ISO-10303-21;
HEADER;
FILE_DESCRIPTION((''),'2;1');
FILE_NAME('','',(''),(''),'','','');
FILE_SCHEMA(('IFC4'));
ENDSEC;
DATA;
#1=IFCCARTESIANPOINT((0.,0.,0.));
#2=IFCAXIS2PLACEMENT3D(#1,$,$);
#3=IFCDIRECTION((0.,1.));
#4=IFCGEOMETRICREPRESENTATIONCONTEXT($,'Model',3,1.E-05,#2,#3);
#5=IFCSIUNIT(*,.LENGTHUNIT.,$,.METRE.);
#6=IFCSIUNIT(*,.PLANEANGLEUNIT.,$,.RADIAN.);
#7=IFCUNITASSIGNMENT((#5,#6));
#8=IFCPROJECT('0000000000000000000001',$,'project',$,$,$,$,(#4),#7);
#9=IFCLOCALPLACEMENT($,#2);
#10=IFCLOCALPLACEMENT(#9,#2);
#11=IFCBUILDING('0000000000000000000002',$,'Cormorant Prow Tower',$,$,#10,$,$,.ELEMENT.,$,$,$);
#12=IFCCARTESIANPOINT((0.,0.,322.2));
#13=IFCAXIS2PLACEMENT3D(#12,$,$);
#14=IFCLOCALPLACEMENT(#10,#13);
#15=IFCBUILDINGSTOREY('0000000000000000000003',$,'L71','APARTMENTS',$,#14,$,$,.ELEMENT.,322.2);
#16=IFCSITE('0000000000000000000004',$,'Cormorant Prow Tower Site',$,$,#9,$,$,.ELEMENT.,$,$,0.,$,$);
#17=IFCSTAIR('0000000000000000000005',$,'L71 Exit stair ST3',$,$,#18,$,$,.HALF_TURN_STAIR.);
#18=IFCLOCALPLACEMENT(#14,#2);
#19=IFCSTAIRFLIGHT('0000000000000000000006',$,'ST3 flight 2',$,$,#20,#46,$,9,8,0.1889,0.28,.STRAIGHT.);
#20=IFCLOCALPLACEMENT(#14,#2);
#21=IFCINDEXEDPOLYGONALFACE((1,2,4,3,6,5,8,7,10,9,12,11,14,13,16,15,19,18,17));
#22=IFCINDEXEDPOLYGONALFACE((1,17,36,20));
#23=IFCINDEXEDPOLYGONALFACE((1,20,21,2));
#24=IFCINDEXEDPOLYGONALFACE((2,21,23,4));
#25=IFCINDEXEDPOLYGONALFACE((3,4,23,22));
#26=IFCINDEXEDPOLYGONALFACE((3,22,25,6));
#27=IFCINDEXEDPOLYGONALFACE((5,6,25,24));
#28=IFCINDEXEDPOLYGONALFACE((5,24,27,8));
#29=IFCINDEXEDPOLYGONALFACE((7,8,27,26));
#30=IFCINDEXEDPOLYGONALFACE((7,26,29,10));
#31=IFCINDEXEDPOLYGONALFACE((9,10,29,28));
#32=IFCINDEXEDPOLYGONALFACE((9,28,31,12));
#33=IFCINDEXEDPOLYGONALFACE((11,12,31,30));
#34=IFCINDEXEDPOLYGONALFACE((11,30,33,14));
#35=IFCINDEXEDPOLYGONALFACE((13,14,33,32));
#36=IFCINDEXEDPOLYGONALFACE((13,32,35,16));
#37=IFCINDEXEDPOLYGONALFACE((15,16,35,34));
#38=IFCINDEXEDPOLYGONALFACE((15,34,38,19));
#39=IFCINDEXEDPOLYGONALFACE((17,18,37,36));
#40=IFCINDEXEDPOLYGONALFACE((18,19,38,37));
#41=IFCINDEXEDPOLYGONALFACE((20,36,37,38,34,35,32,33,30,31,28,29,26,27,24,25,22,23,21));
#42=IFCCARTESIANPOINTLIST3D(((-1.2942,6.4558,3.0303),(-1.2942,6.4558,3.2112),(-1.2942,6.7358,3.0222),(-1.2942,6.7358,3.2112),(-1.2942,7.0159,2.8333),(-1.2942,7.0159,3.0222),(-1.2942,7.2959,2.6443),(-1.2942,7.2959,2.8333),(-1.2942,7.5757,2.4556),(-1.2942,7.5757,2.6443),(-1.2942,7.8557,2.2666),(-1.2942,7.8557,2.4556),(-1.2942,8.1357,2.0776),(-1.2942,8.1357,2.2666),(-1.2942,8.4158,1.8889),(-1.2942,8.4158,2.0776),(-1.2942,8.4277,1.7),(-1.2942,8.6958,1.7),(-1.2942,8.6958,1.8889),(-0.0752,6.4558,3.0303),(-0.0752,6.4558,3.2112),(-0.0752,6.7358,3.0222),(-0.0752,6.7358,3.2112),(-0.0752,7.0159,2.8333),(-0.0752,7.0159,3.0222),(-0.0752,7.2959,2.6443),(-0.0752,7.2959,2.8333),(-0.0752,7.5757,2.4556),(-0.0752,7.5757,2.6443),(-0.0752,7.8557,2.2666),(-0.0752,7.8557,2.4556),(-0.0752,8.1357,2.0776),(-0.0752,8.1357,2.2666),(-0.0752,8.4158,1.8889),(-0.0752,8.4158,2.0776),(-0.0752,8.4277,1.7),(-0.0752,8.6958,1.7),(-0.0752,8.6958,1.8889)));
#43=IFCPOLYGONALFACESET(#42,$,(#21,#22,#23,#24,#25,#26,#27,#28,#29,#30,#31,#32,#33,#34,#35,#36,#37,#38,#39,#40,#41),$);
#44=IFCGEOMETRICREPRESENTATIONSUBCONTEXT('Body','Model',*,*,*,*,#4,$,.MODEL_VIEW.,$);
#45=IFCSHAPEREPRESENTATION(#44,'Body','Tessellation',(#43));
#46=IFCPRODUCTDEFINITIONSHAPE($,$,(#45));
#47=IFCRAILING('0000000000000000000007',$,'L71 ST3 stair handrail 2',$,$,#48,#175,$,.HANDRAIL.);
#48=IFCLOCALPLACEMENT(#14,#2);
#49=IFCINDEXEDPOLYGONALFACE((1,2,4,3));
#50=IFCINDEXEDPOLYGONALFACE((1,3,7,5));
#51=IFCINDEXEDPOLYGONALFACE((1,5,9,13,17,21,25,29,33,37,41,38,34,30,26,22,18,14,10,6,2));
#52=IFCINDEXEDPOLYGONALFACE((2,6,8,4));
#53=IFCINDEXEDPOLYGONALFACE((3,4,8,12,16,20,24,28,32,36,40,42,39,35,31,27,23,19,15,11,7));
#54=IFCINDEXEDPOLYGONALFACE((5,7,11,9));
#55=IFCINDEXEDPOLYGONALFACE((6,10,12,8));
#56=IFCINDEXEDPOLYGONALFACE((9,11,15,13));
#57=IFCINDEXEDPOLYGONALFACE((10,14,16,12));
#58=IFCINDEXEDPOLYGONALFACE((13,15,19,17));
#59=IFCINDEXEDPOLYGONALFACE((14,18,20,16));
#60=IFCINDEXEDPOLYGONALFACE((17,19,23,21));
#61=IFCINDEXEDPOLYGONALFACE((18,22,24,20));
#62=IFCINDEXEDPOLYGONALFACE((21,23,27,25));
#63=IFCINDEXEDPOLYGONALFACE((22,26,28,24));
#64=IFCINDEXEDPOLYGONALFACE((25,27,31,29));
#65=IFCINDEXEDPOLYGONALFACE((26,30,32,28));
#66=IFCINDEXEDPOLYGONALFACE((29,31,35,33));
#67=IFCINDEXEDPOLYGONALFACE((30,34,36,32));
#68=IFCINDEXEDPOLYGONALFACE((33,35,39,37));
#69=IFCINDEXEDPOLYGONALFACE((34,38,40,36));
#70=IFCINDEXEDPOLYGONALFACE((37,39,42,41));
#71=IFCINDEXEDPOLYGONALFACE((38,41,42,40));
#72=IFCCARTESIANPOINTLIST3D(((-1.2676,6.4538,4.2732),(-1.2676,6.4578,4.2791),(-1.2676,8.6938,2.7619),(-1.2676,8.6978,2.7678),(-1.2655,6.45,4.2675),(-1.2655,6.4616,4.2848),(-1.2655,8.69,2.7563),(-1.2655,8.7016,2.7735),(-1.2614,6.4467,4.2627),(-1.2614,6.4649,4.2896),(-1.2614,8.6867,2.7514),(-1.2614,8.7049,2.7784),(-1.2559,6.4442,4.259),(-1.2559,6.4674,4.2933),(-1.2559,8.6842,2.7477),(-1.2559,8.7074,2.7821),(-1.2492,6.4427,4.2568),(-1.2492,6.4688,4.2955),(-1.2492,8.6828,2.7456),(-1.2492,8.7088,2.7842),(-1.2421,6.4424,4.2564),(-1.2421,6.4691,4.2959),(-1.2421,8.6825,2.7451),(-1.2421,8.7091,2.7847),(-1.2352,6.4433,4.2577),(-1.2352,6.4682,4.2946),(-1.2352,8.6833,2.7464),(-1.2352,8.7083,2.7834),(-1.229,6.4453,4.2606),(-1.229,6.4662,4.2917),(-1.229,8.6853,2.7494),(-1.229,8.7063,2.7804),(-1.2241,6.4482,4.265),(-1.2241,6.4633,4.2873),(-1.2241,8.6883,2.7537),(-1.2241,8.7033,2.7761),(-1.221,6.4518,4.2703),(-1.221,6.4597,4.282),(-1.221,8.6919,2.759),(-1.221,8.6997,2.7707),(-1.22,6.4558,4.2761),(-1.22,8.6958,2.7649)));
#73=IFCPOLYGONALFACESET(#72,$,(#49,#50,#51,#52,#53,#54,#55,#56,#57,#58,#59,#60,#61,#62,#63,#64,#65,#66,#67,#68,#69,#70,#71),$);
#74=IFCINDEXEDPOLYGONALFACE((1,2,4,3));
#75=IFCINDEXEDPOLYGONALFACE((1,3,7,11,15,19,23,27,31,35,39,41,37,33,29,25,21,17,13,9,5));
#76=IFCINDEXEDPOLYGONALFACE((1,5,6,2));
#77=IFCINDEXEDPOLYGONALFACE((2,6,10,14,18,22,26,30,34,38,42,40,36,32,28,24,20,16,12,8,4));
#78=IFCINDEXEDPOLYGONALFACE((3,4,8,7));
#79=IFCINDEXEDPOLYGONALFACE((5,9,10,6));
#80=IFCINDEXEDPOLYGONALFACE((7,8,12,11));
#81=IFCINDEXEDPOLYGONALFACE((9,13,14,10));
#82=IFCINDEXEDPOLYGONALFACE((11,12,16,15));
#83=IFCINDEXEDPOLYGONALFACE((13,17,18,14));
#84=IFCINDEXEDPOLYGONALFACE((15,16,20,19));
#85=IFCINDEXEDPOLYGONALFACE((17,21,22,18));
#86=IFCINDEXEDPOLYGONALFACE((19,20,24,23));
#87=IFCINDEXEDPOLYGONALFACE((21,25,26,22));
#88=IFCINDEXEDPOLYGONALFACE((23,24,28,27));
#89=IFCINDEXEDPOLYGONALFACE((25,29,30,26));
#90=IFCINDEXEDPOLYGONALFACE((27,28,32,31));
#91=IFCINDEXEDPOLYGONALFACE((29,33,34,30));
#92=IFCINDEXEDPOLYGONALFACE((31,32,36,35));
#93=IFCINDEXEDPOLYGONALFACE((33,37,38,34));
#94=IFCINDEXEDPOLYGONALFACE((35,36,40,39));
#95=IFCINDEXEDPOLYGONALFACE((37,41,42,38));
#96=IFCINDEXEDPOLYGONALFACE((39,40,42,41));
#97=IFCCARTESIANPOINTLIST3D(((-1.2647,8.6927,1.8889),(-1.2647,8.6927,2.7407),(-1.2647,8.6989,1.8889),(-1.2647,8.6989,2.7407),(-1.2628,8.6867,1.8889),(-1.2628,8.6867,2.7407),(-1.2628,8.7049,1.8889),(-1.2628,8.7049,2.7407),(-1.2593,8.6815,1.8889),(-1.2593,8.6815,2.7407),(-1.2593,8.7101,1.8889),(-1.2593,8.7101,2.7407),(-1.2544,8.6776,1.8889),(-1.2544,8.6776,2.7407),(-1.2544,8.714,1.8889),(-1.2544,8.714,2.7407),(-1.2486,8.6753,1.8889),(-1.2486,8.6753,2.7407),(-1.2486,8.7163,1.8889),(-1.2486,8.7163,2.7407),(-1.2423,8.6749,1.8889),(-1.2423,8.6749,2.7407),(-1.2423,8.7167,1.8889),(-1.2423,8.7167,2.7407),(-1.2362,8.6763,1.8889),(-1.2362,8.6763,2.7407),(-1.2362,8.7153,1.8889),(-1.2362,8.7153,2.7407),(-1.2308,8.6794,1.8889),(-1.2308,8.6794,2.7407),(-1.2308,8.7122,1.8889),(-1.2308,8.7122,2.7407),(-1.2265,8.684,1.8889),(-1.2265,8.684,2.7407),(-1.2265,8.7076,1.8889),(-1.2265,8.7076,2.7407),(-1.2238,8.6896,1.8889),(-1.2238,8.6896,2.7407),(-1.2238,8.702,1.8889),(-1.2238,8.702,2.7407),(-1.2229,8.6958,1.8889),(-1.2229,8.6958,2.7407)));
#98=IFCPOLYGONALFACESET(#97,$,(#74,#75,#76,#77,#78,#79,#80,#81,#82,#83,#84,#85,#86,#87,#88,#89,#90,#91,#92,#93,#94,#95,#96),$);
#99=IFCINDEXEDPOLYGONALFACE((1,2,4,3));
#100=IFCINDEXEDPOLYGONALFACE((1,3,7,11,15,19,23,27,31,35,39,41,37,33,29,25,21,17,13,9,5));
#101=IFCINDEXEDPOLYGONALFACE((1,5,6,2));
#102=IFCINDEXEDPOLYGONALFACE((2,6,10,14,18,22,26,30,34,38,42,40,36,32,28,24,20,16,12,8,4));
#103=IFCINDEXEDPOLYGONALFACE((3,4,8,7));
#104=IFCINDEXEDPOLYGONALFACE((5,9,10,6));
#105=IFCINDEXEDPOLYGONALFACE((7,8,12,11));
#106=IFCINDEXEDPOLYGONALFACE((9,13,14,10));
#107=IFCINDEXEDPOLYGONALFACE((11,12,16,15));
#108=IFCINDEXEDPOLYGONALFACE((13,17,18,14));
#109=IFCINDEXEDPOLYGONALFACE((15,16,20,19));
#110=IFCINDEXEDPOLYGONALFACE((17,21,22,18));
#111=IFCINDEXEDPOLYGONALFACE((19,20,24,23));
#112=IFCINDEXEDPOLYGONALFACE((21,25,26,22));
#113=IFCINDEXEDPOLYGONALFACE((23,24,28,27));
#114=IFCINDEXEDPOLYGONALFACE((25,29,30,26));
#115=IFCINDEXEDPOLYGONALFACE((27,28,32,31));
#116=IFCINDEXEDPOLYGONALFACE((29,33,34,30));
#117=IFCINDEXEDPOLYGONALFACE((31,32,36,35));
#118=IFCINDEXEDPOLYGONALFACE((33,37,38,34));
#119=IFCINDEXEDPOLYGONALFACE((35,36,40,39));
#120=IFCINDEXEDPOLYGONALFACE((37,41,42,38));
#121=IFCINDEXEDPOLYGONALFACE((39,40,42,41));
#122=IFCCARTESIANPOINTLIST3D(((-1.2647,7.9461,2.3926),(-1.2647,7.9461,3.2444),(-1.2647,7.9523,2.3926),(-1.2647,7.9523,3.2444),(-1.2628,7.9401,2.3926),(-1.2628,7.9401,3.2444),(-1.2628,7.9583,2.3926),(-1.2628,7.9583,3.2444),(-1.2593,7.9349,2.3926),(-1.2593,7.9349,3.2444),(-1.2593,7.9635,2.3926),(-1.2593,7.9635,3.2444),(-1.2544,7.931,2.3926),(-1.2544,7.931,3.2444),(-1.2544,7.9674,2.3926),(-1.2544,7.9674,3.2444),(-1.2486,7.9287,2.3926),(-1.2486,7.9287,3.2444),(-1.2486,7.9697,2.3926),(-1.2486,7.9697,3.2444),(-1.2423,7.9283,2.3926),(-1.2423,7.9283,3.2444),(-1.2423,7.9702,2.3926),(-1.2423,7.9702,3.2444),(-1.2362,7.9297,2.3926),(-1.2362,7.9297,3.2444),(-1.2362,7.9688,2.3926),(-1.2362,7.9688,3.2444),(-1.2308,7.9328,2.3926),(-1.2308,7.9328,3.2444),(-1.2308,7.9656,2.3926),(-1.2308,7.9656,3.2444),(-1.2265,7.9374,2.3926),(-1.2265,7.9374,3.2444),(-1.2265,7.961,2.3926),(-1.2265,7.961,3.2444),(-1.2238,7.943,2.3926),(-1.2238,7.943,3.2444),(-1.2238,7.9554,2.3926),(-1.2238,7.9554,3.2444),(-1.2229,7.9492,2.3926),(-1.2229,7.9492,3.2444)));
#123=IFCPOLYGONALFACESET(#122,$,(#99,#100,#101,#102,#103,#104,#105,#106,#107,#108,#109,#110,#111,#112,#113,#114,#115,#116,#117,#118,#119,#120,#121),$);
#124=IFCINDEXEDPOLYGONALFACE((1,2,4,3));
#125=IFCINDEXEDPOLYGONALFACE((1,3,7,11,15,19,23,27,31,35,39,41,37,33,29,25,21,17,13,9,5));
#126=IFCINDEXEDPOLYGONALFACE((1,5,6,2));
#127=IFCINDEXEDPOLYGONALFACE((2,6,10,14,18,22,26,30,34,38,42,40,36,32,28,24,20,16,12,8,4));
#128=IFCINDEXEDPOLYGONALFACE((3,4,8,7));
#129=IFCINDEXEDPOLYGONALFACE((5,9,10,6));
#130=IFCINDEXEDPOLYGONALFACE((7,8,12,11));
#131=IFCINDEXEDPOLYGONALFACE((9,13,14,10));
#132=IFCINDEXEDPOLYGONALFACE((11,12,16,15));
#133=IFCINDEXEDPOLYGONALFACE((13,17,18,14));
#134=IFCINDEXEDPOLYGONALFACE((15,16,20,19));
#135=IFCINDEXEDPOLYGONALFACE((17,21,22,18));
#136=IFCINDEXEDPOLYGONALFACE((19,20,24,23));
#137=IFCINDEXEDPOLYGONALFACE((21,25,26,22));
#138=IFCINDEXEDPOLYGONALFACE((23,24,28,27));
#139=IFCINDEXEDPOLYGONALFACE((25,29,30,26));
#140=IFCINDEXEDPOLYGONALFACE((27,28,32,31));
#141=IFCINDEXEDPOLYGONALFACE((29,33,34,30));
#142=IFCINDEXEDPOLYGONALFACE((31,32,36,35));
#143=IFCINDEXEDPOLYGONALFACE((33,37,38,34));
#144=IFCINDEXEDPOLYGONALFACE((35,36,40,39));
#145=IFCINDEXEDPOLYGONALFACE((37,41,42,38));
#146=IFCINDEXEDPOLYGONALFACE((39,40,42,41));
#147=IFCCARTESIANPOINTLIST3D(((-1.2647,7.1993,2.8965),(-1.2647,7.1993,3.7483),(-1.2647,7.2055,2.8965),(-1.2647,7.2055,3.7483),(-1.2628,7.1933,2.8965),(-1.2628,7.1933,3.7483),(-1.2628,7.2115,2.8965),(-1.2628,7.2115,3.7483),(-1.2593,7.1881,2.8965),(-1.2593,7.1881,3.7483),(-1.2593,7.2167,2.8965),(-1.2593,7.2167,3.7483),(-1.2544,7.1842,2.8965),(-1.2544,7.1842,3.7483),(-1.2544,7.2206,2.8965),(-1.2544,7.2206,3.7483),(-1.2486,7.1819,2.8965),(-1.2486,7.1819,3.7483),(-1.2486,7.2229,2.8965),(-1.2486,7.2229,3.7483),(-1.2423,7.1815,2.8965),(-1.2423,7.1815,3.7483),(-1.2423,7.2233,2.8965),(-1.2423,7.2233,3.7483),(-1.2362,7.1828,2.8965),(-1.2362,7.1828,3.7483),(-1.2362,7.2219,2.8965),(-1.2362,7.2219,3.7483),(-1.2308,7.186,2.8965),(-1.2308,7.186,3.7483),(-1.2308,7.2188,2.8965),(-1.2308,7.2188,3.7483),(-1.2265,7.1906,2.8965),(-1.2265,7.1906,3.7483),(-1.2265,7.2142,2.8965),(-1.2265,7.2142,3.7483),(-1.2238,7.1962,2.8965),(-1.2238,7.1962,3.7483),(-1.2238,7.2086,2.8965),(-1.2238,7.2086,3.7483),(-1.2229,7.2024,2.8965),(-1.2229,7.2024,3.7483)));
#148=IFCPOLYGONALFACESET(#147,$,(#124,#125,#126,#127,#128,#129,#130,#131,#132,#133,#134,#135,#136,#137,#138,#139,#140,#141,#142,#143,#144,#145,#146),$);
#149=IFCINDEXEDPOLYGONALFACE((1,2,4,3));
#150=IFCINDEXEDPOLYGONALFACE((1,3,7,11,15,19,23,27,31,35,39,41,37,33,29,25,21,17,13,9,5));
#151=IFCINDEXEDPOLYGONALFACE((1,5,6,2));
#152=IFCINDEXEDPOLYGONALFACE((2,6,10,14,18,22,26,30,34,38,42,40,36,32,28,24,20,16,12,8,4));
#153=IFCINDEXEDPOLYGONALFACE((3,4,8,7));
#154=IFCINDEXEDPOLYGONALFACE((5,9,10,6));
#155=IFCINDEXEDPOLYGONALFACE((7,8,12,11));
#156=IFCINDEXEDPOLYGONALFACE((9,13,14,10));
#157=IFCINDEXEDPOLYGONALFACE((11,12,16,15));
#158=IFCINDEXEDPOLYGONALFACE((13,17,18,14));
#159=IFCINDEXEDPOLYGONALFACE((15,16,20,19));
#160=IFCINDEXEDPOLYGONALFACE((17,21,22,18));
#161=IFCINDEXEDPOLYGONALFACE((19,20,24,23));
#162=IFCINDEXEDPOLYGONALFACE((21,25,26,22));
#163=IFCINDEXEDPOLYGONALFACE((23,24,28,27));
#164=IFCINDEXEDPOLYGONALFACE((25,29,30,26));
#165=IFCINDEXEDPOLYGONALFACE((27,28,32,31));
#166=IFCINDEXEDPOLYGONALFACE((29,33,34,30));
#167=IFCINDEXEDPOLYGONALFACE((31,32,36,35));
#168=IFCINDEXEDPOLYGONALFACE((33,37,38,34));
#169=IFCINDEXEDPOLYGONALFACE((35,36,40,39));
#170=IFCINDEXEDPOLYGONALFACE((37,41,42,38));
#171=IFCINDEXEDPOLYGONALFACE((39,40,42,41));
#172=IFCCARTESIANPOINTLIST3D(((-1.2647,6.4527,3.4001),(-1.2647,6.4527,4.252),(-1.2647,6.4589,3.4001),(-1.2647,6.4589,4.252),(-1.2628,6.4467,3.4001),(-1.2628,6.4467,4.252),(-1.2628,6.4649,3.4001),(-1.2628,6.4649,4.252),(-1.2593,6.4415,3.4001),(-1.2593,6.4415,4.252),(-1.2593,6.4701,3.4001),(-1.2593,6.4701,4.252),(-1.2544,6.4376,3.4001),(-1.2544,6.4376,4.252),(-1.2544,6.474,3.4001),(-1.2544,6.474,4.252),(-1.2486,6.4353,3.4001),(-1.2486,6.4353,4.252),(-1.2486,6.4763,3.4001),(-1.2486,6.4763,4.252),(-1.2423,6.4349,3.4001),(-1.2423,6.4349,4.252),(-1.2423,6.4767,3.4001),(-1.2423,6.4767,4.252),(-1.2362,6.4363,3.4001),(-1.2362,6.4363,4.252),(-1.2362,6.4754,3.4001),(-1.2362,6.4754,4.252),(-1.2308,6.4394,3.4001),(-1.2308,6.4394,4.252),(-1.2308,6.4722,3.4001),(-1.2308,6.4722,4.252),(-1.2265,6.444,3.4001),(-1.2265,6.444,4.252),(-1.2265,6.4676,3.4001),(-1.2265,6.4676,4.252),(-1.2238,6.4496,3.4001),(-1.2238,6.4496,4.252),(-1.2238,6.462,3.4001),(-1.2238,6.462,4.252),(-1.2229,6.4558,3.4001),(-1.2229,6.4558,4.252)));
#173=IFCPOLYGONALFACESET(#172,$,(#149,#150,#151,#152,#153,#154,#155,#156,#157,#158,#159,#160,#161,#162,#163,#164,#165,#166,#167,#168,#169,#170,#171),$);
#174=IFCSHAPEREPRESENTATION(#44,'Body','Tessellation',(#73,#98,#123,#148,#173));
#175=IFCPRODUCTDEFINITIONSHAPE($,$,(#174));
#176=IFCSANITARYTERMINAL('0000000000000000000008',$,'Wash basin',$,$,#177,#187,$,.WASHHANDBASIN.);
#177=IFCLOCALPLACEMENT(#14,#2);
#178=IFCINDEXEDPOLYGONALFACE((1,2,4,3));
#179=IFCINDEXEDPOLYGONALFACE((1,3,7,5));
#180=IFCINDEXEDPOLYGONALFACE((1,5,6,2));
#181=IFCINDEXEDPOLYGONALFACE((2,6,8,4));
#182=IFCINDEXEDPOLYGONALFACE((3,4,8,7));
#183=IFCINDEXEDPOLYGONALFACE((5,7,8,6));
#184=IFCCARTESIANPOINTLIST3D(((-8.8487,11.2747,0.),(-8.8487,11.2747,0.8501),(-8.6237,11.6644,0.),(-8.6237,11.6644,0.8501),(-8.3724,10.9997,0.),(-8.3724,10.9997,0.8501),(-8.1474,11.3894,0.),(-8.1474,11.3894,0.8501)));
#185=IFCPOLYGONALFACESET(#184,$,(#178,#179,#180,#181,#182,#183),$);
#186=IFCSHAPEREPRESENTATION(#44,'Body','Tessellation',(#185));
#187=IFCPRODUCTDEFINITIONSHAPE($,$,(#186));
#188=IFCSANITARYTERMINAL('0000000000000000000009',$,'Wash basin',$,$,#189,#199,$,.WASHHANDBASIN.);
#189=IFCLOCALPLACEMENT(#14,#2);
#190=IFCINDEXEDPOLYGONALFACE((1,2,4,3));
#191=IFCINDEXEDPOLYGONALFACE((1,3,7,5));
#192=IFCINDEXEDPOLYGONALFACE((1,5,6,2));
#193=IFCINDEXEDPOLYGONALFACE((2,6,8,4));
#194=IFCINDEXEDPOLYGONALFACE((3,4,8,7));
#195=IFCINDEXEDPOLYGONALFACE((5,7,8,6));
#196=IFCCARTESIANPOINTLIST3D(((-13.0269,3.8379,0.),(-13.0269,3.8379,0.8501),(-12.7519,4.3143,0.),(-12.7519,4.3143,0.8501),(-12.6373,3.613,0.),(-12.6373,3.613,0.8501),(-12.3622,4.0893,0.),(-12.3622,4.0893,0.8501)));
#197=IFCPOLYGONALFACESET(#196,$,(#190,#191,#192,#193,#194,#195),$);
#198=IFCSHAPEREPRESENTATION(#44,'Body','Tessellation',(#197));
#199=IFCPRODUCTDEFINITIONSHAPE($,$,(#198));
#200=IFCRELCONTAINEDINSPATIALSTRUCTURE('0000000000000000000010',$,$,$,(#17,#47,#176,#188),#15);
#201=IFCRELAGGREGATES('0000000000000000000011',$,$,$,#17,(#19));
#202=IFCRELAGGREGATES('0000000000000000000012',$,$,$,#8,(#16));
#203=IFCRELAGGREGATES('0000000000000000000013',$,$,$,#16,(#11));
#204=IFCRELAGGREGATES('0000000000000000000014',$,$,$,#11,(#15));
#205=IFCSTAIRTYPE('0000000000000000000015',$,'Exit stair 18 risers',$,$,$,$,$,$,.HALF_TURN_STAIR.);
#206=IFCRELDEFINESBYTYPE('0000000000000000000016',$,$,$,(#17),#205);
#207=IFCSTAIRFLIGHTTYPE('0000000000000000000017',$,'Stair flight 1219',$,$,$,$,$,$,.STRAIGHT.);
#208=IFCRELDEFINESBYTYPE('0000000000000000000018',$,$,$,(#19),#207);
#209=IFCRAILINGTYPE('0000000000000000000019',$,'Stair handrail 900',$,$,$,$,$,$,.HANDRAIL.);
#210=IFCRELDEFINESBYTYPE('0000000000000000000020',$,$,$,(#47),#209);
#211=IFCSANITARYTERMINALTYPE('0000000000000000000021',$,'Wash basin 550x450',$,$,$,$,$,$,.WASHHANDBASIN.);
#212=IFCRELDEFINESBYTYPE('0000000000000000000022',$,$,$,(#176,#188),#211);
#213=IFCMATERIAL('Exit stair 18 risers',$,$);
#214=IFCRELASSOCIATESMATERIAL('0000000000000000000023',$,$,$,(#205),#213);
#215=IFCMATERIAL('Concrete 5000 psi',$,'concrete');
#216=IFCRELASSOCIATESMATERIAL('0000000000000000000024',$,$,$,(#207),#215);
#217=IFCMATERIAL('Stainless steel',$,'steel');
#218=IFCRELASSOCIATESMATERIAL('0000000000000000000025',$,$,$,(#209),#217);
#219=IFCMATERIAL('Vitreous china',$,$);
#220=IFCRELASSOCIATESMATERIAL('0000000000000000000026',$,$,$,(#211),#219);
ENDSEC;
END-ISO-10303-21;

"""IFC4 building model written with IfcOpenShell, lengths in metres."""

from ifc_helpers import new_model, si_unit, direction, frame, origin, origin_2d, place, context, subcontext, project, spatial, polyline, rectangle, circle, outline, extrude, material, type_object, element, aggregate, save


model = new_model("IFC4")

# Units and contexts
model_context = context("Model", 3, precision=1e-05, world=origin(), true_north=direction((0.0, 1.0)))
body_context = subcontext(model_context, "Body", "Model", "MODEL_VIEW")
ifc_project = project(units=[si_unit("LENGTHUNIT", "METRE"), si_unit("PLANEANGLEUNIT", "RADIAN")], contexts=[model_context])

# Site, building, storey
site_placement = place(None, origin())
site = spatial("IfcSite", under=ifc_project, at=site_placement, Name="Cormorant Prow Tower Site", CompositionType="ELEMENT", RefElevation=0.0)
building_placement = place(site_placement, origin())
building = spatial("IfcBuilding", under=site, at=building_placement, Name="Cormorant Prow Tower", CompositionType="ELEMENT")
storey_placement = place(building_placement, frame((0.0, 0.0, 322.2)))
storey = spatial("IfcBuildingStorey", under=building, at=storey_placement, Name="L71", Description="APARTMENTS", CompositionType="ELEMENT", Elevation=322.2)

# Stair, stair flight
ifc_material_1 = material(Name="Exit stair 18 risers")
stair_type = type_object("IfcStairType", Name="Exit stair 18 risers", PredefinedType="HALF_TURN_STAIR", material=ifc_material_1)
stair_placement = place(storey_placement, origin())
stair = element("IfcStair", 1, at=stair_placement, inside=storey, type_object=stair_type, Name="L71 Exit stair ST3", PredefinedType="HALF_TURN_STAIR")
ifc_material_2 = material(Name="Concrete 5000 psi", Category="concrete")
stair_flight_type = type_object("IfcStairFlightType", Name="Stair flight 1219", PredefinedType="STRAIGHT", material=ifc_material_2)
stair_flight_placement = place(storey_placement, frame((-0.6846, 8.6958, 1.7), z_axis=(0.0, 0.0, 1.0), x_axis=(0.0, -1.0, 0.0)))
stair_flight = element("IfcStairFlight", 2, at=stair_flight_placement, type_object=stair_flight_type, Name="ST3 flight 2", NumberOfRisers=9, NumberOfTreads=8, PredefinedType="STRAIGHT", RiserHeight=0.1889, TreadLength=0.28, context=body_context, shape_type="SweptSolid", body=[
    extrude(outline(polyline([(0.0, 0.0), (0.0, 0.189), (0.28, 0.189), (0.28, 0.3777), (0.5601, 0.3777), (0.5601, 0.5667), (0.8401, 0.5667), (0.8401, 0.7556), (1.1201, 0.7556), (1.1201, 0.9443), (1.3999, 0.9443), (1.3999, 1.1333), (1.6799, 1.1333), (1.6799, 1.3223), (1.96, 1.3223), (1.96, 1.5112), (2.24, 1.5112), (2.24, 1.7), (2.24, 1.3303), (0.2681, 0.0), (0.0, 0.0)])), frame((0.0, 0.6094, 0.0), z_axis=(0.0, -1.0, 0.0), x_axis=(1.0, 0.0, 0.0)), (0.0, 0.0, 1.0), 1.219),
])
aggregate(stair, [stair_flight])

# Railing
ifc_material_3 = material(Name="Stainless steel", Category="steel")
railing_type = type_object("IfcRailingType", Name="Stair handrail 900", PredefinedType="HANDRAIL", material=ifc_material_3)
railing_placement = place(storey_placement, frame((-1.2439, 8.6958, 1.8889)))
element("IfcRailing", 3, at=railing_placement, inside=storey, type_object=railing_type, Name="L71 ST3 stair handrail 2", PredefinedType="HANDRAIL", context=body_context, shape_type="SweptSolid", body=[
    extrude(circle(Radius=0.0239, at=origin_2d()), frame((0.0, 0.0, 0.876), z_axis=(0.0, -0.82898, 0.559279), x_axis=(1.0, 0.0, 0.0)), (0.0, 0.0, 1.0), 2.7021),
    extrude(circle(Radius=0.021, at=origin_2d()), origin(), (0.0, 0.0, 1.0), 0.8518),
    extrude(circle(Radius=0.021, at=origin_2d()), frame((0.0, -0.7466, 0.5037)), (0.0, 0.0, 1.0), 0.8518),
    extrude(circle(Radius=0.021, at=origin_2d()), frame((0.0, -1.4934, 1.0076)), (0.0, 0.0, 1.0), 0.8518),
    extrude(circle(Radius=0.021, at=origin_2d()), frame((0.0, -2.24, 1.5112)), (0.0, 0.0, 1.0), 0.8518),
])

# Sanitary terminals
ifc_material_4 = material(Name="Vitreous china")
sanitary_terminal_type_1 = type_object("IfcSanitaryTerminalType", Name="Wash basin 550x450", PredefinedType="WASHHANDBASIN", material=ifc_material_4)
for number, where, z_axis, x_axis, name in (
    (4, (-8.498, 11.332, 0.0), (0.0, 0.0, 1.0), (-0.866025, 0.5, 0.0), "Wash basin"),
    (5, (-12.6946, 3.9636, 0.0), (0.0, 0.0, 1.0), (-0.5, -0.866025, 0.0), "Wash basin"),
):
    element("IfcSanitaryTerminal", number, at=place(storey_placement, frame(where, z_axis=z_axis, x_axis=x_axis)), inside=storey, type_object=sanitary_terminal_type_1, Name=name, PredefinedType="WASHHANDBASIN", context=body_context, shape_type="SweptSolid", body=[
        extrude(rectangle(XDim=0.55, YDim=0.45, at=origin_2d()), origin(), (0.0, 0.0, 1.0), 0.8501),
    ])

save(model, "model.ifc")
